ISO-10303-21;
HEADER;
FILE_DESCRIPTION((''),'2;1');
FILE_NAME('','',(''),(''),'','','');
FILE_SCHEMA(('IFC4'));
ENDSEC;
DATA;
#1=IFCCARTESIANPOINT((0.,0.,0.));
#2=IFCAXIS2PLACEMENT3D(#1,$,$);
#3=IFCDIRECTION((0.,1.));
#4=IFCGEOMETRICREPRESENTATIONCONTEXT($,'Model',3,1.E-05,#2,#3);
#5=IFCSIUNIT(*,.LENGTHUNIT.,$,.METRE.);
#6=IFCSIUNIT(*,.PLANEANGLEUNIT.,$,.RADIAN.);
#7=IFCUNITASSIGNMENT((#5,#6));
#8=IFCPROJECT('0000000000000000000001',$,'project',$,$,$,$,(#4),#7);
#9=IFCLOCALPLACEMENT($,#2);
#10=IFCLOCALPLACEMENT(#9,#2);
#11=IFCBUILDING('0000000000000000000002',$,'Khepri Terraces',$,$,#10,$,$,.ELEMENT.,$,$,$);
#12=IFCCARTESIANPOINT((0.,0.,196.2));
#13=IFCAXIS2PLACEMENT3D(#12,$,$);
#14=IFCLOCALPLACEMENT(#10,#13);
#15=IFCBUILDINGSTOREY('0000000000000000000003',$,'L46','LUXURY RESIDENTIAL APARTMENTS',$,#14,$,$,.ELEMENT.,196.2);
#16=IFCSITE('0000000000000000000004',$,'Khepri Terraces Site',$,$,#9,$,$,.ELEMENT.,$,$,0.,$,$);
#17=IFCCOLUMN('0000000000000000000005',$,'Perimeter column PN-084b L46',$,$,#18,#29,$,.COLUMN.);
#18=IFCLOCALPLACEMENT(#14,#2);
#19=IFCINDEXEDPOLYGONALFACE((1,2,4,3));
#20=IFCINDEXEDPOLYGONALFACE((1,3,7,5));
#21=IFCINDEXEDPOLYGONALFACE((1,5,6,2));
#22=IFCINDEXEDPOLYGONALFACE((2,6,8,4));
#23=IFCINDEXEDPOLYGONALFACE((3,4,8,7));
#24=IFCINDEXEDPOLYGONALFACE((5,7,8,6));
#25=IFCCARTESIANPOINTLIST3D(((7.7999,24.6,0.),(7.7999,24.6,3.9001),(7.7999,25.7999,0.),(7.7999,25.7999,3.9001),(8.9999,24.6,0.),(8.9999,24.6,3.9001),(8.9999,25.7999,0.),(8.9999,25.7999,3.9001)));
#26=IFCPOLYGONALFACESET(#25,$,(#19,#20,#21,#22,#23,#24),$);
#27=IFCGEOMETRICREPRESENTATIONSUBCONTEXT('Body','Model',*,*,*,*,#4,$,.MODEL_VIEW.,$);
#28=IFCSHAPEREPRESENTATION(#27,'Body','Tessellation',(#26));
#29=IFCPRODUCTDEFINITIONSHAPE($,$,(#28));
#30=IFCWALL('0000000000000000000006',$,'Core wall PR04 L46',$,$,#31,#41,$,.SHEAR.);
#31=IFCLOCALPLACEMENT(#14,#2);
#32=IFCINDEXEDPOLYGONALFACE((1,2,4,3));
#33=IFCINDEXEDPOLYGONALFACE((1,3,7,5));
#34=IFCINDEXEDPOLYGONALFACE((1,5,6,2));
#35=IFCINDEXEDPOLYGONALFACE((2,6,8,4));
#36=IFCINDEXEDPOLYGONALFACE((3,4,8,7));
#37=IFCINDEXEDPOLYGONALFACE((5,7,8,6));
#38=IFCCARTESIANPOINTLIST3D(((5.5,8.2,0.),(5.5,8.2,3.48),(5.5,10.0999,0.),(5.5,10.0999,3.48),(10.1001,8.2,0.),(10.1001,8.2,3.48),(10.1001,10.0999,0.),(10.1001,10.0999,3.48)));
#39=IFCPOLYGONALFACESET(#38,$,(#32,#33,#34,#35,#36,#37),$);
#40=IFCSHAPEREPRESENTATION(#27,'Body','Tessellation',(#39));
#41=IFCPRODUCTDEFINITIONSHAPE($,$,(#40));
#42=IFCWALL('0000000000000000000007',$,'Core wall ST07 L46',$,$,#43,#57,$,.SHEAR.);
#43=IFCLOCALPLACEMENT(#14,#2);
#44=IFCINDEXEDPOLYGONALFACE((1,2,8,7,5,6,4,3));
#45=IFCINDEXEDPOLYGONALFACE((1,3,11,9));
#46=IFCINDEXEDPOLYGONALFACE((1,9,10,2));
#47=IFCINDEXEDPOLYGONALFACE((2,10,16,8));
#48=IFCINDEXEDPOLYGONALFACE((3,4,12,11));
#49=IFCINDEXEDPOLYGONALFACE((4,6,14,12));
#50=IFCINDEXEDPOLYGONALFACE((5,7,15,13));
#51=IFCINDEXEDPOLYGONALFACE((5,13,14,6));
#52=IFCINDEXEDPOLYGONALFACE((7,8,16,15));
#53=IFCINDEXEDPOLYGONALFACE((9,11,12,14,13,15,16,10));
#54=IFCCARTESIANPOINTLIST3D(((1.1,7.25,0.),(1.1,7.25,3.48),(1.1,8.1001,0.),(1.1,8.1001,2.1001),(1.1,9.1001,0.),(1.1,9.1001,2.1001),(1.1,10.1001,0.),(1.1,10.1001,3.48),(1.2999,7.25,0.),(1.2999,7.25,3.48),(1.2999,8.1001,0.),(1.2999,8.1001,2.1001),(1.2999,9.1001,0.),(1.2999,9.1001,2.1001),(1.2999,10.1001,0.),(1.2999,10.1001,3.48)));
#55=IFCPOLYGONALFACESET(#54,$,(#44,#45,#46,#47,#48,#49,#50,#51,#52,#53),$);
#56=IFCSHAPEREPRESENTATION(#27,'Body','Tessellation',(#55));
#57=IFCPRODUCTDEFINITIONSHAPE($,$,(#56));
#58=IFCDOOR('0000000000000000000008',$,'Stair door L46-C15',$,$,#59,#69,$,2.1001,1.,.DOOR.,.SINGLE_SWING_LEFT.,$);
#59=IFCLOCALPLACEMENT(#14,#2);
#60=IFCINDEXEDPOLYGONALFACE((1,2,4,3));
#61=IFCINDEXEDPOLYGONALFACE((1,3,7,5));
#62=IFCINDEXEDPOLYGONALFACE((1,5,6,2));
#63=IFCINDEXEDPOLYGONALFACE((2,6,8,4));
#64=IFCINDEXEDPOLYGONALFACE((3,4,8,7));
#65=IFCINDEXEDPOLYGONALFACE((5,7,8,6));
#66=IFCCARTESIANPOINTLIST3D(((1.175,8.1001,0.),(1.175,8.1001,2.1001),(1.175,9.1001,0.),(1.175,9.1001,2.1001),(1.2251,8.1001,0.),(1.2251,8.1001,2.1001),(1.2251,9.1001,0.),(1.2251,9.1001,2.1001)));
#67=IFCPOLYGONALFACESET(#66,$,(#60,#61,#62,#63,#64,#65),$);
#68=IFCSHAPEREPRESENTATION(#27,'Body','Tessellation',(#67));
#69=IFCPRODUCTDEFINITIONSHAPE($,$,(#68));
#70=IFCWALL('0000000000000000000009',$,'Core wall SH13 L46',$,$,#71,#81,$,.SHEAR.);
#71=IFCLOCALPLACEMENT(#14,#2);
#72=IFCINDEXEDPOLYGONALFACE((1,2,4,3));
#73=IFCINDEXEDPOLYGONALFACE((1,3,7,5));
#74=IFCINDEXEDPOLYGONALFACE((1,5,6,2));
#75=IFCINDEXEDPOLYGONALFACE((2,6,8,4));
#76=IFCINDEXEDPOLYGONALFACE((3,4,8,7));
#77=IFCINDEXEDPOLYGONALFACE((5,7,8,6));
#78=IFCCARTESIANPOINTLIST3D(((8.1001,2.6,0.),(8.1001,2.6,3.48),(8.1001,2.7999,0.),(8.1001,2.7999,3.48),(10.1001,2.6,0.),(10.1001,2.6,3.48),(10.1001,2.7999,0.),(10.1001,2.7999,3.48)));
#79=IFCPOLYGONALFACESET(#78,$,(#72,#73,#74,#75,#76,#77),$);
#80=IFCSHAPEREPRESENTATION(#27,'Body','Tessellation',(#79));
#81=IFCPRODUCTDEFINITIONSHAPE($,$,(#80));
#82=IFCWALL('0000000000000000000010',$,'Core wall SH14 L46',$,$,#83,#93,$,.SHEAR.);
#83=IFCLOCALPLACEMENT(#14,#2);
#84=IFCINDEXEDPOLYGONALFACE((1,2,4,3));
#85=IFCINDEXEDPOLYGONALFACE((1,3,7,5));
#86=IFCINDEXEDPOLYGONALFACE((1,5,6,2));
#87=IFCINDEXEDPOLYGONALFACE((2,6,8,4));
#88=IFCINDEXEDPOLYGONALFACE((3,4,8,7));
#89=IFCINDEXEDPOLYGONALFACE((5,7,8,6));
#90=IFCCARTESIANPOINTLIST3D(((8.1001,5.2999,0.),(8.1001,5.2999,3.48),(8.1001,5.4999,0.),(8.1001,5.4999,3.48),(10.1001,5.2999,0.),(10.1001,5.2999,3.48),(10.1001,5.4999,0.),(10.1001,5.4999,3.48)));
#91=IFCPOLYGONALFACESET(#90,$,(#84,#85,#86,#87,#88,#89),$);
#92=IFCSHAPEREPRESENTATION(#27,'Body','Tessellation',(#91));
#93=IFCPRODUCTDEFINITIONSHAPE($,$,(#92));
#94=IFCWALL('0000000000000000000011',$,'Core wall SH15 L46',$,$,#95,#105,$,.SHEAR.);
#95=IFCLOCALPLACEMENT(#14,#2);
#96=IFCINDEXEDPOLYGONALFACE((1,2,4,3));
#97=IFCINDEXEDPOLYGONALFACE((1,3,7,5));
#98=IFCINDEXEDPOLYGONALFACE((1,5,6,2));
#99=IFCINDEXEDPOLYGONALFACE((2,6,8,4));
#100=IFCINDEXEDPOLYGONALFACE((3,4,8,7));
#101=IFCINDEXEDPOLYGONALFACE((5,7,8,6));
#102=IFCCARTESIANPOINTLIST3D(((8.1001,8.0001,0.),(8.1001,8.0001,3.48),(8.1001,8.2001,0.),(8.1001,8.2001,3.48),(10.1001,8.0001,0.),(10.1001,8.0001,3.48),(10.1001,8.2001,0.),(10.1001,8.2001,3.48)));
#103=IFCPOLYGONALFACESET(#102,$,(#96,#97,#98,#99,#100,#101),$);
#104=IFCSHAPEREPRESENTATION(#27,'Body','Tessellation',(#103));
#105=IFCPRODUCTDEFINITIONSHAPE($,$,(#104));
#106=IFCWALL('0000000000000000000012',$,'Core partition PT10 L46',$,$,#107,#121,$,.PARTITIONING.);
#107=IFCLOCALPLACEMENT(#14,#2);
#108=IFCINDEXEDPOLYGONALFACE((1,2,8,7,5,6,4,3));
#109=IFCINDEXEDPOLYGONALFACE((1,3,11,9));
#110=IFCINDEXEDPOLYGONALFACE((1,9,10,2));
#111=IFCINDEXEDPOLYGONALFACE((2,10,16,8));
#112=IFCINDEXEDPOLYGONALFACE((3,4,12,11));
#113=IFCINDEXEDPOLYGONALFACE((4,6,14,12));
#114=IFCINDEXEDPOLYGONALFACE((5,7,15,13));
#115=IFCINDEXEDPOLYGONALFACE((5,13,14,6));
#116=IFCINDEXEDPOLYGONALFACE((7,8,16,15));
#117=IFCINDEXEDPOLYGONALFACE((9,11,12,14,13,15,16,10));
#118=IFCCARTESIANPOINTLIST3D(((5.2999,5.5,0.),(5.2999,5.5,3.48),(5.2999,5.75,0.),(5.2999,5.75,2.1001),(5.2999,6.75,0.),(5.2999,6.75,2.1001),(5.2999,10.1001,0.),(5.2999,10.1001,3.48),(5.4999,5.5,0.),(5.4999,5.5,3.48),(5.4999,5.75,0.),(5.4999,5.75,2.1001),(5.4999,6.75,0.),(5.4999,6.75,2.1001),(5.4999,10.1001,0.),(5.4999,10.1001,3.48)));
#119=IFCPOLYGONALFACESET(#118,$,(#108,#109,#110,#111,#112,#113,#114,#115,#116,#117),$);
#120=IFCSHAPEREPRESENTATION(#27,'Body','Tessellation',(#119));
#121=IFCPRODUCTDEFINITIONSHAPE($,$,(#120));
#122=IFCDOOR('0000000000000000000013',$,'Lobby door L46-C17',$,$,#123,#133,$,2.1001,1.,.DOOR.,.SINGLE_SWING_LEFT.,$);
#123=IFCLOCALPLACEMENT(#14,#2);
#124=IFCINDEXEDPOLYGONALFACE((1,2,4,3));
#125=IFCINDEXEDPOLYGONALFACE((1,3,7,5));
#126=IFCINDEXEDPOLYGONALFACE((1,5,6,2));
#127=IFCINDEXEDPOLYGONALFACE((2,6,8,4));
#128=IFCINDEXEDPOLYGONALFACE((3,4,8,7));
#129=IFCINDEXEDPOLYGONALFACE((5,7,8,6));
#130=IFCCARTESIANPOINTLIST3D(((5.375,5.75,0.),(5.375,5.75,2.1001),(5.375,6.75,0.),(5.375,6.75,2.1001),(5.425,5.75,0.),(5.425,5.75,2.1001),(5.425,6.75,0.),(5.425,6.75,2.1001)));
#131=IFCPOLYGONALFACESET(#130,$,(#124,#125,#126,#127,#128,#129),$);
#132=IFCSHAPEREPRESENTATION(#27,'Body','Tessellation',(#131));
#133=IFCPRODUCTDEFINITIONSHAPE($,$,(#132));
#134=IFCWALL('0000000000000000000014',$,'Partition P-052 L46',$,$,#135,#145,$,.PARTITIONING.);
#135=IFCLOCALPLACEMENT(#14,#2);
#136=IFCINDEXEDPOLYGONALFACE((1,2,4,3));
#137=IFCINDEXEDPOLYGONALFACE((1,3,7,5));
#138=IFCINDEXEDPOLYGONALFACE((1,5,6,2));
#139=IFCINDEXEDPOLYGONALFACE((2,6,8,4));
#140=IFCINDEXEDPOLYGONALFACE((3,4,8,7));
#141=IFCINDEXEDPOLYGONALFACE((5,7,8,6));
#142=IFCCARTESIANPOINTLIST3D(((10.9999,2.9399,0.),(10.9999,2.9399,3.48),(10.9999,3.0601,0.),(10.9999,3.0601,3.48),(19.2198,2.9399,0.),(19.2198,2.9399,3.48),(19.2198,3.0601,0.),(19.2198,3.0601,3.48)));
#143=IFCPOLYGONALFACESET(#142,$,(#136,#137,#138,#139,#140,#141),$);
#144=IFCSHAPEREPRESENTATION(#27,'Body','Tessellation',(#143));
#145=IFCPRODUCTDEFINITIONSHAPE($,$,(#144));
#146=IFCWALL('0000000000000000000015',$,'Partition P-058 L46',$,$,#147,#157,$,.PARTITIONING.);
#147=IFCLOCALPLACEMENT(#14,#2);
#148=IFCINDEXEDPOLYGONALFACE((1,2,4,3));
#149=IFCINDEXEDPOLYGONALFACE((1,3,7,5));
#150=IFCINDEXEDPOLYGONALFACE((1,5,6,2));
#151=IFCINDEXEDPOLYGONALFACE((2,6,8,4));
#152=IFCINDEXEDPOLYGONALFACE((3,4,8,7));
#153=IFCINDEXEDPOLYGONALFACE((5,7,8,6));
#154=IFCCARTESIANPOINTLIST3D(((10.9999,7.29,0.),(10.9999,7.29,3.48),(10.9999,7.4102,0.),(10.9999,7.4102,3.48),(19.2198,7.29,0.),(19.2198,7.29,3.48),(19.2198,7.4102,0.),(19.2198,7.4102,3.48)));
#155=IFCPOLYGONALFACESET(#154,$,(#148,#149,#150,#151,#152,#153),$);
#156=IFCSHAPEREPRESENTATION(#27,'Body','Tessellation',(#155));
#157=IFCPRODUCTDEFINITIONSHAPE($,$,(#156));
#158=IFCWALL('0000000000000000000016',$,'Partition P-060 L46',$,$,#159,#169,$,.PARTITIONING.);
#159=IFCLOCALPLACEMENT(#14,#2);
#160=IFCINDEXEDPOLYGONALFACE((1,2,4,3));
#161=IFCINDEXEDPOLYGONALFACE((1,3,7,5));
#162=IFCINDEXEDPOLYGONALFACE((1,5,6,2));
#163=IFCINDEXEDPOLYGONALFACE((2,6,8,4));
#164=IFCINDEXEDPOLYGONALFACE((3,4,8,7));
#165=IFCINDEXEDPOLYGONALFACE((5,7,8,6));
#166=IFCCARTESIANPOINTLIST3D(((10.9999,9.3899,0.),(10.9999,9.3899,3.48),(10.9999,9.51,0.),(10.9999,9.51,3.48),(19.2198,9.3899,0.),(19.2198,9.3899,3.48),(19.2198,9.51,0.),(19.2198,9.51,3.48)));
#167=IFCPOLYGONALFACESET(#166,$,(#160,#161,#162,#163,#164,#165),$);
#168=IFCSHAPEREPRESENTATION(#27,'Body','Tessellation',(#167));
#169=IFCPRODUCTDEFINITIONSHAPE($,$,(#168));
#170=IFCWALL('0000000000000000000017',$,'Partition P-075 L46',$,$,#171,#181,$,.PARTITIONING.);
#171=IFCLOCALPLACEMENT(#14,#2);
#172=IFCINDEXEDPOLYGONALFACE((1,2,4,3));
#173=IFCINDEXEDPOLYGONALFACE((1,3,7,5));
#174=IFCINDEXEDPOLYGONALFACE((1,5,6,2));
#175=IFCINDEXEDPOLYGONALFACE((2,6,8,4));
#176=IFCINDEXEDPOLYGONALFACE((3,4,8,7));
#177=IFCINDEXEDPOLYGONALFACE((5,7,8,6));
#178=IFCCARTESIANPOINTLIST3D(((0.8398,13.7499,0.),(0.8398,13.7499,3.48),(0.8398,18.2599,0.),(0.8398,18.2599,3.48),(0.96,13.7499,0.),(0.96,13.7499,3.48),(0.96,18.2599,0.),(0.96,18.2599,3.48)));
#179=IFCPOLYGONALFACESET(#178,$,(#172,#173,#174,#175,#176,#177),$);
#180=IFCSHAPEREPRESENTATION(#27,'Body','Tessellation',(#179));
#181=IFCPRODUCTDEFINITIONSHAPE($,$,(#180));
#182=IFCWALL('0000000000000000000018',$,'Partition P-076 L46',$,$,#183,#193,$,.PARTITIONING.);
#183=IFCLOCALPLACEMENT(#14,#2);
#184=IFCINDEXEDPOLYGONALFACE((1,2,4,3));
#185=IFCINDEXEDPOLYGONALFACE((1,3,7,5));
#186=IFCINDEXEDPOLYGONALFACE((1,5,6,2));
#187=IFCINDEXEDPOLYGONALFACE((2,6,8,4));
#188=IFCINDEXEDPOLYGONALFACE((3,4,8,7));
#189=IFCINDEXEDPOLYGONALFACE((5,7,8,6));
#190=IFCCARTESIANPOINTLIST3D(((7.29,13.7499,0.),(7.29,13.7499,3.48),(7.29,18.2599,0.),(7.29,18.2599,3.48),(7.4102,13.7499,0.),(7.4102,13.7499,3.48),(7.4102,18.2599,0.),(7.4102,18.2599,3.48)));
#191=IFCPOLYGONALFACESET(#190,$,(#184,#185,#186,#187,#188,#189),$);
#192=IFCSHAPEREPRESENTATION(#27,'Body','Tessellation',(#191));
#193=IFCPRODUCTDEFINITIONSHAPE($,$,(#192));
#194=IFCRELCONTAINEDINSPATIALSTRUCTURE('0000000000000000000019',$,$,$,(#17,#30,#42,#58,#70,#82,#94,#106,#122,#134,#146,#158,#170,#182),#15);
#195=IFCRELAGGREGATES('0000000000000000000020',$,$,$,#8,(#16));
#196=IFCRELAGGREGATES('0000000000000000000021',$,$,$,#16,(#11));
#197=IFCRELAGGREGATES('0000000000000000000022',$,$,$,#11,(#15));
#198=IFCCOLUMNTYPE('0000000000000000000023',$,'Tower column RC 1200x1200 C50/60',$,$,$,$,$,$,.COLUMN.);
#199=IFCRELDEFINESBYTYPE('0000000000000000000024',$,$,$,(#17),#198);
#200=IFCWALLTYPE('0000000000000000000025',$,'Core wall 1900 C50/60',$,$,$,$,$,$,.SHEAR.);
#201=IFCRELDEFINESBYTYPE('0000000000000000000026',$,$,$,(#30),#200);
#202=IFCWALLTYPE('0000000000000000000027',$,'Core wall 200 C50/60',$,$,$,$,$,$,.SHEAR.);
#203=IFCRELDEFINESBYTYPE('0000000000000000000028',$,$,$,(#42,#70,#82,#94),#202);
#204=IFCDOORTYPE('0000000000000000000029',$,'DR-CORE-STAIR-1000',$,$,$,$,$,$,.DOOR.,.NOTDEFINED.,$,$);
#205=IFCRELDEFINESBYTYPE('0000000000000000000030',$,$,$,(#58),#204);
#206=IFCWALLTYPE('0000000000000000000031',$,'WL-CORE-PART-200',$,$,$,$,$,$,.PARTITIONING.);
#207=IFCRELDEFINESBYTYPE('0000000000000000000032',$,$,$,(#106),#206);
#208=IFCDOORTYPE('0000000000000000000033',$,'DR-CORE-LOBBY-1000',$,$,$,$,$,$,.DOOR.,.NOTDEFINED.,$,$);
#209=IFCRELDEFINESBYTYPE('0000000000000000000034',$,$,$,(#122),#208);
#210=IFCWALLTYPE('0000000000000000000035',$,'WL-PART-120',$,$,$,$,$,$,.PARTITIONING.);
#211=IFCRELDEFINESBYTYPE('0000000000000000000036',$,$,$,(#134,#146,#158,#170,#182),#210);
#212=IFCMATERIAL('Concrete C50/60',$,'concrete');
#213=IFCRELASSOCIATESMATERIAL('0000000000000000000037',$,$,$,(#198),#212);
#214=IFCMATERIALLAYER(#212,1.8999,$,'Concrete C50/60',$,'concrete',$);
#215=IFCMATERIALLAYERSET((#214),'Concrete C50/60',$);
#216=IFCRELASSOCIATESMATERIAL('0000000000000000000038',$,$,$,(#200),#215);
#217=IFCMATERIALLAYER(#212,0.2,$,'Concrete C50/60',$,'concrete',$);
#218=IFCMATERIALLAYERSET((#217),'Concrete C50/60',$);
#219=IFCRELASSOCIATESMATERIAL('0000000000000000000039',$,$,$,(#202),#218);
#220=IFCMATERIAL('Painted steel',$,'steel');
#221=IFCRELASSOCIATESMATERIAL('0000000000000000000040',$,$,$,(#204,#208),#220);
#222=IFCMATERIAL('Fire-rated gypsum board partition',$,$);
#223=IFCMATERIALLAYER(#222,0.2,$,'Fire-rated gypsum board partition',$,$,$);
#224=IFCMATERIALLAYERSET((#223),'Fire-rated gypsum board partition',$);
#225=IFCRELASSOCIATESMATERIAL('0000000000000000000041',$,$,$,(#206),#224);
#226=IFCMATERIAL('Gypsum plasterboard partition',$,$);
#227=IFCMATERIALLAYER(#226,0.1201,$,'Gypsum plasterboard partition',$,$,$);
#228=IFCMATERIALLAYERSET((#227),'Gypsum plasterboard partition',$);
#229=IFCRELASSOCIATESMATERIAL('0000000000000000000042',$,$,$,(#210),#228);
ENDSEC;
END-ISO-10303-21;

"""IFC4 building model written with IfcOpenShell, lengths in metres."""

from ifc_helpers import new_model, si_unit, direction, frame, frame_2d, origin, origin_2d, place, context, subcontext, project, spatial, rectangle, extrude, material, layer, layer_set, material_profile, profile_set, type_object, element, fill, save


model = new_model("IFC4")

# Units and contexts
model_context = context("Model", 3, precision=1e-05, world=origin(), true_north=direction((0.0, 1.0)))
body_context = subcontext(model_context, "Body", "Model", "MODEL_VIEW")
ifc_project = project(units=[si_unit("LENGTHUNIT", "METRE"), si_unit("PLANEANGLEUNIT", "RADIAN")], contexts=[model_context])

# Site, building, storey
site_placement = place(None, origin())
site = spatial("IfcSite", under=ifc_project, at=site_placement, Name="Khepri Terraces Site", CompositionType="ELEMENT", RefElevation=0.0)
building_placement = place(site_placement, origin())
building = spatial("IfcBuilding", under=site, at=building_placement, Name="Khepri Terraces", CompositionType="ELEMENT")
storey_placement = place(building_placement, frame((0.0, 0.0, 196.2)))
storey = spatial("IfcBuildingStorey", under=building, at=storey_placement, Name="L46", Description="LUXURY RESIDENTIAL APARTMENTS", CompositionType="ELEMENT", Elevation=196.2)

# Column
ifc_material_1 = material(Name="Concrete C50/60", Category="concrete")
ifc_material_profile = material_profile(ifc_material_1, rectangle(XDim=1.2, YDim=1.2, at=origin_2d()), Name="Concrete C50/60", Category="concrete")
ifc_profile_set = profile_set([ifc_material_profile], Name="Concrete C50/60")
column_type = type_object("IfcColumnType", Name="Tower column RC 1200x1200 C50/60", PredefinedType="COLUMN", material=ifc_profile_set)
column_placement = place(storey_placement, frame((8.3999, 25.2, 0.0), z_axis=(0.0, 0.0, 1.0), x_axis=(1.0, 0.0, 0.0)))
element("IfcColumn", 1, at=column_placement, inside=storey, type_object=column_type, Name="Perimeter column PN-084b L46", PredefinedType="COLUMN", context=body_context, shape_type="SweptSolid", body=[
    extrude(rectangle(XDim=1.2, YDim=1.2, at=origin_2d()), origin(), (0.0, 0.0, 1.0), 3.9001),
])

# Wall
ifc_layer_1 = layer(ifc_material_1, 1.8999, Name="Concrete C50/60", Category="concrete")
ifc_layer_set_1 = layer_set([ifc_layer_1], Name="Concrete C50/60")
wall_type_1 = type_object("IfcWallType", Name="Core wall 1900 C50/60", PredefinedType="SHEAR", material=ifc_layer_set_1)
wall_1_placement = place(storey_placement, frame((5.5, 9.1499, 0.0), z_axis=(0.0, 0.0, 1.0), x_axis=(1.0, 0.0, 0.0)))
element("IfcWall", 2, at=wall_1_placement, inside=storey, type_object=wall_type_1, Name="Core wall PR04 L46", PredefinedType="SHEAR", context=body_context, shape_type="SweptSolid", body=[
    extrude(rectangle(XDim=4.6001, YDim=1.8999, at=frame_2d((2.3, 0.0))), origin(), (0.0, 0.0, 1.0), 3.48),
])

# Wall, opening, door
ifc_layer_2 = layer(ifc_material_1, 0.2, Name="Concrete C50/60", Category="concrete")
ifc_layer_set_2 = layer_set([ifc_layer_2], Name="Concrete C50/60")
wall_type_2 = type_object("IfcWallType", Name="Core wall 200 C50/60", PredefinedType="SHEAR", material=ifc_layer_set_2)
wall_2_placement = place(storey_placement, frame((1.2, 7.25, 0.0), z_axis=(0.0, 0.0, 1.0), x_axis=(0.0, 1.0, 0.0)))
wall_2 = element("IfcWall", 3, at=wall_2_placement, inside=storey, type_object=wall_type_2, Name="Core wall ST07 L46", PredefinedType="SHEAR", context=body_context, shape_type="SweptSolid", body=[
    extrude(rectangle(XDim=2.8501, YDim=0.2, at=frame_2d((1.425, 0.0))), origin(), (0.0, 0.0, 1.0), 3.48),
])
opening_1_placement = place(wall_2_placement, frame((0.8501, 0.0, 0.0)))
opening_1 = element("IfcOpeningElement", 4, at=opening_1_placement, cuts=wall_2, PredefinedType="OPENING", context=body_context, shape_type="SweptSolid", body=[
    extrude(rectangle(XDim=1.0, YDim=2.1001, at=frame_2d((0.5, 1.05))), frame((0.0, 0.1099, 0.0), z_axis=(0.0, -1.0, 0.0), x_axis=(1.0, 0.0, 0.0)), (0.0, 0.0, 1.0), 0.22),
])
ifc_material_2 = material(Name="Painted steel", Category="steel")
door_type_1 = type_object("IfcDoorType", Name="DR-CORE-STAIR-1000", OperationType="NOTDEFINED", PredefinedType="DOOR", material=ifc_material_2)
door_1_placement = place(opening_1_placement, origin())
door_1 = element("IfcDoor", 5, at=door_1_placement, inside=storey, type_object=door_type_1, Name="Stair door L46-C15", OperationType="SINGLE_SWING_LEFT", OverallHeight=2.1001, OverallWidth=1.0, PredefinedType="DOOR", context=body_context, shape_type="SweptSolid", body=[
    extrude(rectangle(XDim=1.0, YDim=2.1001, at=frame_2d((0.5, 1.05))), frame((0.0, 0.0249, 0.0), z_axis=(0.0, -1.0, 0.0), x_axis=(1.0, 0.0, 0.0)), (0.0, 0.0, 1.0), 0.05),
])
fill(opening_1, door_1)

# Walls
for number, where, z_axis, x_axis, name in (
    (6, (8.1001, 2.7, 0.0), (0.0, 0.0, 1.0), (1.0, 0.0, 0.0), "Core wall SH13 L46"),
    (7, (8.1001, 5.3999, 0.0), (0.0, 0.0, 1.0), (1.0, 0.0, 0.0), "Core wall SH14 L46"),
    (8, (8.1001, 8.1001, 0.0), (0.0, 0.0, 1.0), (1.0, 0.0, 0.0), "Core wall SH15 L46"),
):
    element("IfcWall", number, at=place(storey_placement, frame(where, z_axis=z_axis, x_axis=x_axis)), inside=storey, type_object=wall_type_2, Name=name, PredefinedType="SHEAR", context=body_context, shape_type="SweptSolid", body=[
        extrude(rectangle(XDim=2.0, YDim=0.2, at=frame_2d((1.0, 0.0))), origin(), (0.0, 0.0, 1.0), 3.48),
    ])

# Wall, opening, door
ifc_material_3 = material(Name="Fire-rated gypsum board partition")
ifc_layer_3 = layer(ifc_material_3, 0.2, Name="Fire-rated gypsum board partition")
ifc_layer_set_3 = layer_set([ifc_layer_3], Name="Fire-rated gypsum board partition")
wall_type_3 = type_object("IfcWallType", Name="WL-CORE-PART-200", PredefinedType="PARTITIONING", material=ifc_layer_set_3)
wall_3_placement = place(storey_placement, frame((5.3999, 5.5, 0.0), z_axis=(0.0, 0.0, 1.0), x_axis=(0.0, 1.0, 0.0)))
wall_3 = element("IfcWall", 9, at=wall_3_placement, inside=storey, type_object=wall_type_3, Name="Core partition PT10 L46", PredefinedType="PARTITIONING", context=body_context, shape_type="SweptSolid", body=[
    extrude(rectangle(XDim=4.6001, YDim=0.2, at=frame_2d((2.3, 0.0))), origin(), (0.0, 0.0, 1.0), 3.48),
])
opening_2_placement = place(wall_3_placement, frame((0.25, 0.0, 0.0)))
opening_2 = element("IfcOpeningElement", 10, at=opening_2_placement, cuts=wall_3, PredefinedType="OPENING", context=body_context, shape_type="SweptSolid", body=[
    extrude(rectangle(XDim=1.0, YDim=2.1001, at=frame_2d((0.5, 1.05))), frame((0.0, 0.1099, 0.0), z_axis=(0.0, -1.0, 0.0), x_axis=(1.0, 0.0, 0.0)), (0.0, 0.0, 1.0), 0.22),
])
door_type_2 = type_object("IfcDoorType", Name="DR-CORE-LOBBY-1000", OperationType="NOTDEFINED", PredefinedType="DOOR", material=ifc_material_2)
door_2_placement = place(opening_2_placement, origin())
door_2 = element("IfcDoor", 11, at=door_2_placement, inside=storey, type_object=door_type_2, Name="Lobby door L46-C17", OperationType="SINGLE_SWING_LEFT", OverallHeight=2.1001, OverallWidth=1.0, PredefinedType="DOOR", context=body_context, shape_type="SweptSolid", body=[
    extrude(rectangle(XDim=1.0, YDim=2.1001, at=frame_2d((0.5, 1.05))), frame((0.0, 0.0249, 0.0), z_axis=(0.0, -1.0, 0.0), x_axis=(1.0, 0.0, 0.0)), (0.0, 0.0, 1.0), 0.05),
])
fill(opening_2, door_2)

# Walls
ifc_material_4 = material(Name="Gypsum plasterboard partition")
ifc_layer_4 = layer(ifc_material_4, 0.1201, Name="Gypsum plasterboard partition")
ifc_layer_set_4 = layer_set([ifc_layer_4], Name="Gypsum plasterboard partition")
wall_type_4 = type_object("IfcWallType", Name="WL-PART-120", PredefinedType="PARTITIONING", material=ifc_layer_set_4)
for number, where, z_axis, x_axis, name in (
    (12, (11.0, 3.0, 0.0), (0.0, 0.0, 1.0), (1.0, 0.0, 0.0), "Partition P-052 L46"),
    (13, (11.0, 7.3501, 0.0), (0.0, 0.0, 1.0), (1.0, 0.0, 0.0), "Partition P-058 L46"),
    (14, (11.0, 9.45, 0.0), (0.0, 0.0, 1.0), (1.0, 0.0, 0.0), "Partition P-060 L46"),
):
    element("IfcWall", number, at=place(storey_placement, frame(where, z_axis=z_axis, x_axis=x_axis)), inside=storey, type_object=wall_type_4, Name=name, PredefinedType="PARTITIONING", context=body_context, shape_type="SweptSolid", body=[
        extrude(rectangle(XDim=8.22, YDim=0.1201, at=frame_2d((4.1099, 0.0))), origin(), (0.0, 0.0, 1.0), 3.48),
    ])
for number, where, z_axis, x_axis, name in (
    (15, (0.8999, 13.75, 0.0), (0.0, 0.0, 1.0), (0.0, 1.0, 0.0), "Partition P-075 L46"),
    (16, (7.3501, 13.75, 0.0), (0.0, 0.0, 1.0), (0.0, 1.0, 0.0), "Partition P-076 L46"),
):
    element("IfcWall", number, at=place(storey_placement, frame(where, z_axis=z_axis, x_axis=x_axis)), inside=storey, type_object=wall_type_4, Name=name, PredefinedType="PARTITIONING", context=body_context, shape_type="SweptSolid", body=[
        extrude(rectangle(XDim=4.51, YDim=0.1201, at=frame_2d((2.2549, 0.0))), origin(), (0.0, 0.0, 1.0), 3.48),
    ])

save(model, "model.ifc")
